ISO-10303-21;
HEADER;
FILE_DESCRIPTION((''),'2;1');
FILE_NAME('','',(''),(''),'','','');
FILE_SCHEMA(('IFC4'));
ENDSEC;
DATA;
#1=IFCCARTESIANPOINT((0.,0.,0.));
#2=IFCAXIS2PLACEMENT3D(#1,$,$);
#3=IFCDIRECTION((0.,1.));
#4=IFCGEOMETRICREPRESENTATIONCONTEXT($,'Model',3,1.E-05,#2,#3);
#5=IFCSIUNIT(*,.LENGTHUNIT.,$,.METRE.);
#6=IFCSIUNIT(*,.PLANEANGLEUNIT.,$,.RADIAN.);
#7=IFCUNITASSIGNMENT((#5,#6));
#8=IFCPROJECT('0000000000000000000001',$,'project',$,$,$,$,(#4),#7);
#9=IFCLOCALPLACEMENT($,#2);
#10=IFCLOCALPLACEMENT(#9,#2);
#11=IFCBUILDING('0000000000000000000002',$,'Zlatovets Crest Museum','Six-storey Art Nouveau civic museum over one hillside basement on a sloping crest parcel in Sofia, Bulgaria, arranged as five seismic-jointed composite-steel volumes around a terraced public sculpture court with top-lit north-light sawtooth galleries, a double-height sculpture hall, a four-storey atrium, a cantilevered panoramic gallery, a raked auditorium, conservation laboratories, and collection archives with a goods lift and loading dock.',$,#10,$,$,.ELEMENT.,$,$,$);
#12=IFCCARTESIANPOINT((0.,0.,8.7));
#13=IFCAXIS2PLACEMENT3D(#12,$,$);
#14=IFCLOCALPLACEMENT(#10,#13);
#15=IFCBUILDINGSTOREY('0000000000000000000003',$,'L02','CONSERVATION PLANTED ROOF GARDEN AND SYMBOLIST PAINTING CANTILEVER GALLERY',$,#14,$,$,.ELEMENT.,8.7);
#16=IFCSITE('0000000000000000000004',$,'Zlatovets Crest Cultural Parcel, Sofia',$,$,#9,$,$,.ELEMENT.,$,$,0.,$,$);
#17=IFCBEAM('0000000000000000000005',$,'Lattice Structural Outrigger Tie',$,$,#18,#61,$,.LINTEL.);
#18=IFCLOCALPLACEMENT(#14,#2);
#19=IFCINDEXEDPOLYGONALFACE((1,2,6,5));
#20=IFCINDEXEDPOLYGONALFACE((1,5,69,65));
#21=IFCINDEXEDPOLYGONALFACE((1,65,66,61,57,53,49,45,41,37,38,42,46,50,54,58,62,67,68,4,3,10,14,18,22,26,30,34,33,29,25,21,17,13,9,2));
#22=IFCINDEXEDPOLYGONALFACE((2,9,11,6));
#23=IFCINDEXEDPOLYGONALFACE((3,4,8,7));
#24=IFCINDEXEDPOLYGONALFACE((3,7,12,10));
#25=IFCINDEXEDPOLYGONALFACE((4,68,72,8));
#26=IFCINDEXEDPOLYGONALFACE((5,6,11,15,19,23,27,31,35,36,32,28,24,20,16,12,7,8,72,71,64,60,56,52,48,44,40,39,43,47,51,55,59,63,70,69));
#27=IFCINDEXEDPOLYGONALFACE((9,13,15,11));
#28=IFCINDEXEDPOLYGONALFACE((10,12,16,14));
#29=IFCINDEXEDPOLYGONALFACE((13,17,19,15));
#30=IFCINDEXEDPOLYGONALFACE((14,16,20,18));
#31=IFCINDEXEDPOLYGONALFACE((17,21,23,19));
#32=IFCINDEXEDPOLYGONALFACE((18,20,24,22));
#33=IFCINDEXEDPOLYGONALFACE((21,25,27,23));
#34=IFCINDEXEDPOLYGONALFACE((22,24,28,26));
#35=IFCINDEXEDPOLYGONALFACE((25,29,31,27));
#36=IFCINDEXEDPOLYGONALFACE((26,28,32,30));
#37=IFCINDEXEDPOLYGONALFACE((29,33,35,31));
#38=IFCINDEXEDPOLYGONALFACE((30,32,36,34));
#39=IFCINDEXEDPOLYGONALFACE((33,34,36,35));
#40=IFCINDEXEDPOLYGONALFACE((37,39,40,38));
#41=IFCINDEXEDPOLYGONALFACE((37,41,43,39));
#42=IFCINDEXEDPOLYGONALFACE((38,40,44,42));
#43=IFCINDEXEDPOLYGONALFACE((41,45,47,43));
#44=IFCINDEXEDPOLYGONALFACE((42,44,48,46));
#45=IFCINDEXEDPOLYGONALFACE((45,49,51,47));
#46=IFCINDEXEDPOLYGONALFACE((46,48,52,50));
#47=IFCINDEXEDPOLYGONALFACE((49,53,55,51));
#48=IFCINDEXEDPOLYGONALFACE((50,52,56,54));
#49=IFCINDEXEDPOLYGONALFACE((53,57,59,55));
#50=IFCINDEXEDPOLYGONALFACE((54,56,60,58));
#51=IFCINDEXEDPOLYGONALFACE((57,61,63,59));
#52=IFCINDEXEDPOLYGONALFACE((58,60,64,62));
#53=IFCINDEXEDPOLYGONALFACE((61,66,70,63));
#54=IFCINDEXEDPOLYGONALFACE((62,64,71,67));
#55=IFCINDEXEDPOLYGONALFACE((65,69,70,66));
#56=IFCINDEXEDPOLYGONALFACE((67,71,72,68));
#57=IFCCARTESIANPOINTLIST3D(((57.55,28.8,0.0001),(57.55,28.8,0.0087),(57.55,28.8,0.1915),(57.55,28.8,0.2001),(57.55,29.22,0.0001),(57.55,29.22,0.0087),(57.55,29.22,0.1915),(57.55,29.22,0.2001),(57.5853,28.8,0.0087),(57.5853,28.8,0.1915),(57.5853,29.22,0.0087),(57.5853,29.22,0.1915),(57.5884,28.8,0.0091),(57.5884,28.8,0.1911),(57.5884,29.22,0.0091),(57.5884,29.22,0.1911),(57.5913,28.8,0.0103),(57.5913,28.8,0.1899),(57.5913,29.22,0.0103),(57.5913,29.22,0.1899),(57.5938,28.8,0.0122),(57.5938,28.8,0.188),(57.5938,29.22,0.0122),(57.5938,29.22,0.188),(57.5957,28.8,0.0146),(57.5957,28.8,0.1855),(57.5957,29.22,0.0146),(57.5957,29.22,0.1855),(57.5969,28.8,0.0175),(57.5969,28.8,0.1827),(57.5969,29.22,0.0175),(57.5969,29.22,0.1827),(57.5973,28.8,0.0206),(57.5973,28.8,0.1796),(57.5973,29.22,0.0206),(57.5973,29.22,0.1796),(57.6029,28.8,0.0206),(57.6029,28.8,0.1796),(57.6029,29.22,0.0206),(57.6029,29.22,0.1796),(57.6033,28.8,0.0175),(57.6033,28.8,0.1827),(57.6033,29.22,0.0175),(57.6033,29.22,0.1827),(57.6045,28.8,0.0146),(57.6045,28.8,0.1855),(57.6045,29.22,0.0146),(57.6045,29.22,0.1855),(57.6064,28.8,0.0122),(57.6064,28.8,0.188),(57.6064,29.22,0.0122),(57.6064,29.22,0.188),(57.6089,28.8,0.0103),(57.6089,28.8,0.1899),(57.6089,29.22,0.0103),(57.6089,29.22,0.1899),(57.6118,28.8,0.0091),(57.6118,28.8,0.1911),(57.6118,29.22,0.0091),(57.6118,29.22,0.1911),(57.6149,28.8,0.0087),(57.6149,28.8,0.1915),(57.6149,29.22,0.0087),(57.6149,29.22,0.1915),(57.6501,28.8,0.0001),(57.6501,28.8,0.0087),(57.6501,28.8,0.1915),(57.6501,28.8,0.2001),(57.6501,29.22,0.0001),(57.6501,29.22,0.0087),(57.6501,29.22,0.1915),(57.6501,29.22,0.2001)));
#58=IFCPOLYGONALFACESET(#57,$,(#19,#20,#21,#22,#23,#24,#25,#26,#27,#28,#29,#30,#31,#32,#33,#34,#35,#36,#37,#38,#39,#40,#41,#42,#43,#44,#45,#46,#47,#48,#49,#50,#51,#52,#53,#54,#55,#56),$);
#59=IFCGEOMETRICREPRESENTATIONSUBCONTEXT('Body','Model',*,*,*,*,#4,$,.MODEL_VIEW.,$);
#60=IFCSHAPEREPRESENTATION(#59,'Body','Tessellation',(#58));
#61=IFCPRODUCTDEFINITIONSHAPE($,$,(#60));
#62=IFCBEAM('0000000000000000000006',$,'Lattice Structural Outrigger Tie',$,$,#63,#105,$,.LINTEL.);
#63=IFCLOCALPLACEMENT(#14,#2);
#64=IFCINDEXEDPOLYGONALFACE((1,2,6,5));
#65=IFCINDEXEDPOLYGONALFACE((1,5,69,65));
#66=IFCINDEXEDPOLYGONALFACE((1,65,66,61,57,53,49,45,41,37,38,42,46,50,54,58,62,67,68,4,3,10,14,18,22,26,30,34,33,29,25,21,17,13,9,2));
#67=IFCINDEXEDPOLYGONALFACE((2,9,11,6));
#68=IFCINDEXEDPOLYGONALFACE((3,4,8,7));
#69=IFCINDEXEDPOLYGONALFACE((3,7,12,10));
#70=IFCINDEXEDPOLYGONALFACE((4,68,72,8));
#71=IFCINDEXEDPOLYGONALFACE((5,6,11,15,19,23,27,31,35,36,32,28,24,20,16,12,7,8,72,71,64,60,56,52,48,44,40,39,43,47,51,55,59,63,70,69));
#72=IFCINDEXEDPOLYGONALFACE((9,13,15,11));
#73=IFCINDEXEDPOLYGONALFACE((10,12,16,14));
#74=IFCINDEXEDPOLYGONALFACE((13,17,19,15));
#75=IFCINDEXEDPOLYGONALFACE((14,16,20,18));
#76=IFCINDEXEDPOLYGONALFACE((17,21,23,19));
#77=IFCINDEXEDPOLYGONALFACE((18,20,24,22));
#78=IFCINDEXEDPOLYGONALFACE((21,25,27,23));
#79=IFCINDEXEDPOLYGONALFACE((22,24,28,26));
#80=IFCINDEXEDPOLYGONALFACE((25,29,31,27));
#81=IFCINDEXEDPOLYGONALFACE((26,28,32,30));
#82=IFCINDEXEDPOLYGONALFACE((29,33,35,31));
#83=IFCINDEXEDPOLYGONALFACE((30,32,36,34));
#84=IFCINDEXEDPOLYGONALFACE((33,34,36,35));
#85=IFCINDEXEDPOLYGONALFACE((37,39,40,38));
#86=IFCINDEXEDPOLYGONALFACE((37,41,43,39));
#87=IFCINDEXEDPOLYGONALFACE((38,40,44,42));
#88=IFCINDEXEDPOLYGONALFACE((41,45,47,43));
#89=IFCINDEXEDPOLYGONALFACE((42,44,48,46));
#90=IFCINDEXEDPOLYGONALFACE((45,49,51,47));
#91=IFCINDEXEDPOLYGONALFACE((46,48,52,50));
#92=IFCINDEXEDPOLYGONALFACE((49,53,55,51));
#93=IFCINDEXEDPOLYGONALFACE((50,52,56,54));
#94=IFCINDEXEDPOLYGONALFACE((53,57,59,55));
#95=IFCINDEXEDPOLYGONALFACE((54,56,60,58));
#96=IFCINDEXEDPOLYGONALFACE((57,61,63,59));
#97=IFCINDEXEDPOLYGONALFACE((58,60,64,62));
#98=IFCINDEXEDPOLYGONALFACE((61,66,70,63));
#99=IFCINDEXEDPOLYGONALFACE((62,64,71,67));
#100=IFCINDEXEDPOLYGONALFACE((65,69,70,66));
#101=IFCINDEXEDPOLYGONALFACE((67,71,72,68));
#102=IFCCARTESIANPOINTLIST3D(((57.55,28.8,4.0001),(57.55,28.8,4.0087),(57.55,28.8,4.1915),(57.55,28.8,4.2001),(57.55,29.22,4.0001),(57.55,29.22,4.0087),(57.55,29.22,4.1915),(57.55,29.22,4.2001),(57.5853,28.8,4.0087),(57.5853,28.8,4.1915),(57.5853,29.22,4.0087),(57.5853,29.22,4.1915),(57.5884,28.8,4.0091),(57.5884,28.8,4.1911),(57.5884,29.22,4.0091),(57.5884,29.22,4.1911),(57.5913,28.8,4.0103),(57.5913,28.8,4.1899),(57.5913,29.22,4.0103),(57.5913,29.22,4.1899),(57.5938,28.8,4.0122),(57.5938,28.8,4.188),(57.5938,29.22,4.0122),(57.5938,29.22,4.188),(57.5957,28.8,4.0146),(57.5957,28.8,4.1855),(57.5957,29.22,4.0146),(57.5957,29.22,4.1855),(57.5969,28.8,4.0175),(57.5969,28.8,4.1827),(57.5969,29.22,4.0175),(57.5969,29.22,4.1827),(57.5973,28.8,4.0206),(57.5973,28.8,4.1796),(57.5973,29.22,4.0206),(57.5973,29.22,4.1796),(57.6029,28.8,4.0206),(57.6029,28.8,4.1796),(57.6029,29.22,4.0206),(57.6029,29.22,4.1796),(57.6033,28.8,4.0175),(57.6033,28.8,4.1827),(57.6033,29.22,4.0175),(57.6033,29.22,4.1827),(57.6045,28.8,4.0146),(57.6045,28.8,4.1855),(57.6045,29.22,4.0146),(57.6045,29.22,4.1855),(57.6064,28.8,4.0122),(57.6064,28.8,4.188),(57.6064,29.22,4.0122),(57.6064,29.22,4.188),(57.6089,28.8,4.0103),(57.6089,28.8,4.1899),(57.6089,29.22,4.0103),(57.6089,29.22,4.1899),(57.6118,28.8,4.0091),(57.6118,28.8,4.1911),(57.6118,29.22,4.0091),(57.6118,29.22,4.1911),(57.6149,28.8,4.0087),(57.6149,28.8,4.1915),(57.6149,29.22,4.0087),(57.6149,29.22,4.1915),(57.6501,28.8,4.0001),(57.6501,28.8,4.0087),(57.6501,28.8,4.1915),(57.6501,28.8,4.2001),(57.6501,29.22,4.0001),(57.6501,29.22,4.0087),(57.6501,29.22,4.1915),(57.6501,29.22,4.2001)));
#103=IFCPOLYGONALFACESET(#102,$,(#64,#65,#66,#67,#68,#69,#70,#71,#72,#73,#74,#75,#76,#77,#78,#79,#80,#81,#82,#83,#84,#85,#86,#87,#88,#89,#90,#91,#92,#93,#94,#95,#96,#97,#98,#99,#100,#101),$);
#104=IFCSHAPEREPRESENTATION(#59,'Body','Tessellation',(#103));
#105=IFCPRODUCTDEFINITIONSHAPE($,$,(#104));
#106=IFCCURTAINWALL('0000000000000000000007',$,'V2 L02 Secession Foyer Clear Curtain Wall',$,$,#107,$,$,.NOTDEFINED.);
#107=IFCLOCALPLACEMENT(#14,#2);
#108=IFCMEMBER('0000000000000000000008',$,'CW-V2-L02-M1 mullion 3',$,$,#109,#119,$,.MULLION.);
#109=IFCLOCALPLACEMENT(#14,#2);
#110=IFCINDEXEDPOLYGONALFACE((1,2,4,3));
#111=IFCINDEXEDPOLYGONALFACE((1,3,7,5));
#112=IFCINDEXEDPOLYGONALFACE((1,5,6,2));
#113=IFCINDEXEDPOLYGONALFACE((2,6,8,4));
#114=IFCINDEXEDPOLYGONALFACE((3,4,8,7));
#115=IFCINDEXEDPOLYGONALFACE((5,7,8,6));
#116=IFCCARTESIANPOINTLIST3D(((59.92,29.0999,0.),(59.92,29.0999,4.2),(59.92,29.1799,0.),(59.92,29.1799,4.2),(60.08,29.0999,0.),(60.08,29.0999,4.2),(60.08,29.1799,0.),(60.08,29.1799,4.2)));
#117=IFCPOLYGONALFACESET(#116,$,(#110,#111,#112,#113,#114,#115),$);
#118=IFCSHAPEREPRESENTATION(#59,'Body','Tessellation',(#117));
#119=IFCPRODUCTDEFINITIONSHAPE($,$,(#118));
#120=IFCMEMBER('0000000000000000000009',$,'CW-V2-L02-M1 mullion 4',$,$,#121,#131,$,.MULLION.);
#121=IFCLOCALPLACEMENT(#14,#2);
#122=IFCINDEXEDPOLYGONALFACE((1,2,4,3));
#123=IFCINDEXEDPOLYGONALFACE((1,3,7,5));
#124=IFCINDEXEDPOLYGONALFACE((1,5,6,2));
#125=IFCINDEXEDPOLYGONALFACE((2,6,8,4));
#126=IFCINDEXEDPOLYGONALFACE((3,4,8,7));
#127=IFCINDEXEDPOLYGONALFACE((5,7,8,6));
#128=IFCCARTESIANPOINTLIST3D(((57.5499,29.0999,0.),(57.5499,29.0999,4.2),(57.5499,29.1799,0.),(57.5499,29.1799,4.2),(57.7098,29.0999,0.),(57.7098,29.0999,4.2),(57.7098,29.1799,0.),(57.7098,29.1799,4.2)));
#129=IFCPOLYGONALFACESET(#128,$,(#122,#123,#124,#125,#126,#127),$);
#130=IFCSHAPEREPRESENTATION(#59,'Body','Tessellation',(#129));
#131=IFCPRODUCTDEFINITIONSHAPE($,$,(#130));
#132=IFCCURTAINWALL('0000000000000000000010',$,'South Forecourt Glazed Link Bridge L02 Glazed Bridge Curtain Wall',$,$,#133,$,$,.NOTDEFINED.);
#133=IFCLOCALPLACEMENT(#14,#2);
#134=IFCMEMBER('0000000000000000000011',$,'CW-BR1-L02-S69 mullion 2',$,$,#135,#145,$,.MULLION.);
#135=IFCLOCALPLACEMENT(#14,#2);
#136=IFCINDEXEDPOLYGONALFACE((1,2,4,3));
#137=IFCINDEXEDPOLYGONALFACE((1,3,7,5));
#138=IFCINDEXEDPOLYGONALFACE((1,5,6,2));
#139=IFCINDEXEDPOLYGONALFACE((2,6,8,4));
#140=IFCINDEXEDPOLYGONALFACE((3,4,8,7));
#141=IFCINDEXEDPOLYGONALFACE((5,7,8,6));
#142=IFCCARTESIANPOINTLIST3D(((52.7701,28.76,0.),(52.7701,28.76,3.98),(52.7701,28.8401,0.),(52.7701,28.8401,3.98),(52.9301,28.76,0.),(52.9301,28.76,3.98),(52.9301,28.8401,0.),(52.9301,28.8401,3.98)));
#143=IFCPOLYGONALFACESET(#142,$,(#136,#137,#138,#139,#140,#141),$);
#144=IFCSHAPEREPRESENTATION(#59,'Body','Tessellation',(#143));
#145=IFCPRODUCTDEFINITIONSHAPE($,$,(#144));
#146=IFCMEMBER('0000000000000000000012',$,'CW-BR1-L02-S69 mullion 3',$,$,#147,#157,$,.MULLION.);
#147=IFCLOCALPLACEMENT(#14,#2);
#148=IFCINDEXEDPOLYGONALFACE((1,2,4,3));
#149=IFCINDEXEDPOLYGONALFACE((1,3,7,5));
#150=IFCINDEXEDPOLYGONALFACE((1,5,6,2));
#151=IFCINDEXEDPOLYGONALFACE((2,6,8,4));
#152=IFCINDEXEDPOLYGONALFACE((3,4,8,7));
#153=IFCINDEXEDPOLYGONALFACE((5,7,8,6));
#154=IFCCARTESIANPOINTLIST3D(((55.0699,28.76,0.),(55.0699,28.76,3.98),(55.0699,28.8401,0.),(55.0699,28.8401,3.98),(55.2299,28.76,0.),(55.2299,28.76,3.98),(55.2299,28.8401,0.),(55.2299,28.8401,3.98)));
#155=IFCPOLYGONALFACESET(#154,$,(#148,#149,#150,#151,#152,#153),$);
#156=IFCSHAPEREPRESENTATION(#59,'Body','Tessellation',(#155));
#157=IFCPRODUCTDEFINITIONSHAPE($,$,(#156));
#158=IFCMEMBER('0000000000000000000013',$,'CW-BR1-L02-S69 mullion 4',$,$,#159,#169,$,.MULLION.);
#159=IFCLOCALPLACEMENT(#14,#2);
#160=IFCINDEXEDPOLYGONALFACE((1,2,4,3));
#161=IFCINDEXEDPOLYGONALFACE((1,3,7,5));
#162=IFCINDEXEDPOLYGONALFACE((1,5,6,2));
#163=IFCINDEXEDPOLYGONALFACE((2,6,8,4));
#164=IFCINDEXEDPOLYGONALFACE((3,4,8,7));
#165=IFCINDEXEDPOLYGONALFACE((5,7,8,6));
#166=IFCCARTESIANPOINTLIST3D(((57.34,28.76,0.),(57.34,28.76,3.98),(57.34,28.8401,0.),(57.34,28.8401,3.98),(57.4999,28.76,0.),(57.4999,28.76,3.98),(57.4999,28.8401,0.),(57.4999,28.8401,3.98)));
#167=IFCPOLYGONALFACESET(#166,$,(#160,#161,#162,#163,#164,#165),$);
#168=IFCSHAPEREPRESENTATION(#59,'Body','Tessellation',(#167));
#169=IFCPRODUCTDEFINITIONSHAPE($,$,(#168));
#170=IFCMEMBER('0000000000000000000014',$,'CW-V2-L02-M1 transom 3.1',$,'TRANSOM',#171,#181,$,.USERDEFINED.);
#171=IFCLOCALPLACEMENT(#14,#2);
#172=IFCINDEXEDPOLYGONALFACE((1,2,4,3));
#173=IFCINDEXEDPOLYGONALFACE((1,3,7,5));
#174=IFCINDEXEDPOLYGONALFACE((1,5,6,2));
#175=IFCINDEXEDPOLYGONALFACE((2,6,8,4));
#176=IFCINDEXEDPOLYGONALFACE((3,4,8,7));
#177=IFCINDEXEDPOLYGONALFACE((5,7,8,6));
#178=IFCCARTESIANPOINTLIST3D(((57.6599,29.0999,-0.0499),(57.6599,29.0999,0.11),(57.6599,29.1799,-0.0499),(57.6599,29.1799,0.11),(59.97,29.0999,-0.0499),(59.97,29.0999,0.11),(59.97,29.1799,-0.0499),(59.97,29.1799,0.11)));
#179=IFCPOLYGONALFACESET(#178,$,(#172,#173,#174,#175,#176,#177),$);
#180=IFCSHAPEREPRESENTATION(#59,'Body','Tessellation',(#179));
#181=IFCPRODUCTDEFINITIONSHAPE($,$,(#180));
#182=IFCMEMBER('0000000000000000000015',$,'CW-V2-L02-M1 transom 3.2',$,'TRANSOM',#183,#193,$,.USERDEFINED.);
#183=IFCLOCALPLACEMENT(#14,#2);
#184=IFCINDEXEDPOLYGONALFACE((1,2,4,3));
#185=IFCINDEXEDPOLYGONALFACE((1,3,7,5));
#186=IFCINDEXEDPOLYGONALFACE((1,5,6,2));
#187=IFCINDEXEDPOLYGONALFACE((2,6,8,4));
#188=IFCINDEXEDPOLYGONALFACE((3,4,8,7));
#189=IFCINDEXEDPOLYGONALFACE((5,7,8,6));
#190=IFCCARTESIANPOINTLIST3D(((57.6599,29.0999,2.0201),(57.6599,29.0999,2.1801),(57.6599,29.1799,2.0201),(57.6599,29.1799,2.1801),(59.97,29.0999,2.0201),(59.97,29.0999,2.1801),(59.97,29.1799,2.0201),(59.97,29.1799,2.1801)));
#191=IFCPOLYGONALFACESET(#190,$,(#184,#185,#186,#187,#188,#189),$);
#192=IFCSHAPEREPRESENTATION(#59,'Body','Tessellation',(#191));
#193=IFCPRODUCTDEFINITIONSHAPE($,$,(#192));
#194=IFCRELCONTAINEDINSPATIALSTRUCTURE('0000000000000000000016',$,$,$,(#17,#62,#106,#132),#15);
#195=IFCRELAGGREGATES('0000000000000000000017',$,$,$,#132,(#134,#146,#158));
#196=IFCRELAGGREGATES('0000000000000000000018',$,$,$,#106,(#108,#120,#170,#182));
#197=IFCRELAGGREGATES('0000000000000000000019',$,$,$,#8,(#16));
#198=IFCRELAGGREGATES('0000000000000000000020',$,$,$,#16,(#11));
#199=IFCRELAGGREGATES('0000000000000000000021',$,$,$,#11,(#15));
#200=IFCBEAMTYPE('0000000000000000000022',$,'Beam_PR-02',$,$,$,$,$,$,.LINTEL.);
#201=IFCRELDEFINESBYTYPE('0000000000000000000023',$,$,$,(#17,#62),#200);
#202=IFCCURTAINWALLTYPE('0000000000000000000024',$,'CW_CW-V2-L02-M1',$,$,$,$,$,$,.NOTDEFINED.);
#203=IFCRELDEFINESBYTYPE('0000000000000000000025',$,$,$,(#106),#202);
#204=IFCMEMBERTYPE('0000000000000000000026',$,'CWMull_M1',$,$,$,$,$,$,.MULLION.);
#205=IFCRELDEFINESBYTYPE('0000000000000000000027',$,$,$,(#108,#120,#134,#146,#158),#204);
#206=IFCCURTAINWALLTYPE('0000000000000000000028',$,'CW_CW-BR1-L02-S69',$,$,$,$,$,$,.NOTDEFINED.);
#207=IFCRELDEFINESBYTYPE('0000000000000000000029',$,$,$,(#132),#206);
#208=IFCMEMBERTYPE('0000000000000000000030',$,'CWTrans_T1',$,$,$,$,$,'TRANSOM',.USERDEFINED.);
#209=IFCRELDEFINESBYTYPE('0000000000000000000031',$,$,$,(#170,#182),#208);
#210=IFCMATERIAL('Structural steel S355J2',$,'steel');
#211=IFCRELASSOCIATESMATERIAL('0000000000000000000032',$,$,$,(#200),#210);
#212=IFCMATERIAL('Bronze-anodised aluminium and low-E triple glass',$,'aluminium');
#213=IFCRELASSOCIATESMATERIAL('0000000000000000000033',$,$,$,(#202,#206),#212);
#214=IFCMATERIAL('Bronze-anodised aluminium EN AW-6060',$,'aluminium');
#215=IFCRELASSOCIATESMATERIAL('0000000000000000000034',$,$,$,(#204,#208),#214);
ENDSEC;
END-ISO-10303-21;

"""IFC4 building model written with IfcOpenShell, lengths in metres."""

from ifc_helpers import new_model, si_unit, direction, frame, origin, origin_2d, place, context, subcontext, project, spatial, rectangle, i_section, extrude, material, material_profile, profile_set, type_object, element, aggregate, save


model = new_model("IFC4")

# Units and contexts
model_context = context("Model", 3, precision=1e-05, world=origin(), true_north=direction((0.0, 1.0)))
body_context = subcontext(model_context, "Body", "Model", "MODEL_VIEW")
ifc_project = project(units=[si_unit("LENGTHUNIT", "METRE"), si_unit("PLANEANGLEUNIT", "RADIAN")], contexts=[model_context])

# Site, building, storey
site_placement = place(None, origin())
site = spatial("IfcSite", under=ifc_project, at=site_placement, Name="Zlatovets Crest Cultural Parcel, Sofia", CompositionType="ELEMENT", RefElevation=0.0)
building_placement = place(site_placement, origin())
building = spatial("IfcBuilding", under=site, at=building_placement, Name="Zlatovets Crest Museum", Description="Six-storey Art Nouveau civic museum over one hillside basement on a sloping crest parcel in Sofia, Bulgaria, arranged as five seismic-jointed composite-steel volumes around a terraced public sculpture court with top-lit north-light sawtooth galleries, a double-height sculpture hall, a four-storey atrium, a cantilevered panoramic gallery, a raked auditorium, conservation laboratories, and collection archives with a goods lift and loading dock.", CompositionType="ELEMENT")
storey_placement = place(building_placement, frame((0.0, 0.0, 8.7)))
storey = spatial("IfcBuildingStorey", under=building, at=storey_placement, Name="L02", Description="CONSERVATION PLANTED ROOF GARDEN AND SYMBOLIST PAINTING CANTILEVER GALLERY", CompositionType="ELEMENT", Elevation=8.7)

# Shared definitions
ifc_material_1 = material(Name="Structural steel S355J2", Category="steel")

# Beams
ifc_material_profile_1 = material_profile(ifc_material_1, i_section(OverallWidth=0.1001, OverallDepth=0.2, WebThickness=0.0056, FlangeThickness=0.0085, FilletRadius=0.012, at=origin_2d()), Name="IPE 200")
ifc_profile_set_1 = profile_set([ifc_material_profile_1], Name="Structural steel S355J2")
beam_type_1 = type_object("IfcBeamType", Name="Beam_PR-02", PredefinedType="LINTEL", material=ifc_profile_set_1)
for number, where, z_axis, x_axis, name in (
    (1, (57.6001, 28.8, 0.1001), (0.0, 1.0, 0.0), (-1.0, 0.0, 0.0), "Lattice Structural Outrigger Tie"),
    (2, (57.6001, 28.8, 4.1001), (0.0, 1.0, 0.0), (-1.0, 0.0, 0.0), "Lattice Structural Outrigger Tie"),
):
    element("IfcBeam", number, at=place(storey_placement, frame(where, z_axis=z_axis, x_axis=x_axis)), inside=storey, type_object=beam_type_1, Name=name, PredefinedType="LINTEL", context=body_context, shape_type="SweptSolid", body=[
        extrude(i_section(OverallWidth=0.1001, OverallDepth=0.2, WebThickness=0.0056, FlangeThickness=0.0085, FilletRadius=0.012, at=origin_2d()), origin(), (0.0, 0.0, 1.0), 0.4199),
    ])

# Curtain walls, members
ifc_material_2 = material(Name="Bronze-anodised aluminium and low-E triple glass", Category="aluminium")
curtain_wall_type_1 = type_object("IfcCurtainWallType", Name="CW_CW-V2-L02-M1", PredefinedType="NOTDEFINED", material=ifc_material_2)
curtain_wall_1_placement = place(storey_placement, origin())
curtain_wall_1 = element("IfcCurtainWall", 3, at=curtain_wall_1_placement, inside=storey, type_object=curtain_wall_type_1, Name="V2 L02 Secession Foyer Clear Curtain Wall", PredefinedType="NOTDEFINED")
ifc_material_3 = material(Name="Bronze-anodised aluminium EN AW-6060", Category="aluminium")
ifc_material_profile_2 = material_profile(ifc_material_3, rectangle(XDim=0.0801, YDim=0.1599, at=origin_2d()), Name="ALU 80x160")
ifc_profile_set_2 = profile_set([ifc_material_profile_2], Name="Bronze-anodised aluminium EN AW-6060")
member_type_1 = type_object("IfcMemberType", Name="CWMull_M1", PredefinedType="MULLION", material=ifc_profile_set_2)
member_1_placement = place(storey_placement, frame((60.0, 29.1399, 0.0), z_axis=(0.0, 0.0, 1.0), x_axis=(0.0, -1.0, 0.0)))
member_1 = element("IfcMember", 4, at=member_1_placement, type_object=member_type_1, Name="CW-V2-L02-M1 mullion 3", PredefinedType="MULLION", context=body_context, shape_type="SweptSolid", body=[
    extrude(rectangle(XDim=0.0801, YDim=0.1599, at=origin_2d()), origin(), (0.0, 0.0, 1.0), 4.2),
])
member_2_placement = place(storey_placement, frame((57.6299, 29.1399, 0.0), z_axis=(0.0, 0.0, 1.0), x_axis=(0.0, -1.0, 0.0)))
member_2 = element("IfcMember", 5, at=member_2_placement, type_object=member_type_1, Name="CW-V2-L02-M1 mullion 4", PredefinedType="MULLION", context=body_context, shape_type="SweptSolid", body=[
    extrude(rectangle(XDim=0.0801, YDim=0.1599, at=origin_2d()), origin(), (0.0, 0.0, 1.0), 4.2),
])
curtain_wall_type_2 = type_object("IfcCurtainWallType", Name="CW_CW-BR1-L02-S69", PredefinedType="NOTDEFINED", material=ifc_material_2)
curtain_wall_2_placement = place(storey_placement, origin())
curtain_wall_2 = element("IfcCurtainWall", 6, at=curtain_wall_2_placement, inside=storey, type_object=curtain_wall_type_2, Name="South Forecourt Glazed Link Bridge L02 Glazed Bridge Curtain Wall", PredefinedType="NOTDEFINED")
member_3_placement = place(storey_placement, frame((52.8501, 28.8, 0.0), z_axis=(0.0, 0.0, 1.0), x_axis=(0.0, 1.0, 0.0)))
member_3 = element("IfcMember", 7, at=member_3_placement, type_object=member_type_1, Name="CW-BR1-L02-S69 mullion 2", PredefinedType="MULLION", context=body_context, shape_type="SweptSolid", body=[
    extrude(rectangle(XDim=0.0801, YDim=0.1599, at=origin_2d()), origin(), (0.0, 0.0, 1.0), 3.98),
])
member_4_placement = place(storey_placement, frame((55.1499, 28.8, 0.0), z_axis=(0.0, 0.0, 1.0), x_axis=(0.0, 1.0, 0.0)))
member_4 = element("IfcMember", 8, at=member_4_placement, type_object=member_type_1, Name="CW-BR1-L02-S69 mullion 3", PredefinedType="MULLION", context=body_context, shape_type="SweptSolid", body=[
    extrude(rectangle(XDim=0.0801, YDim=0.1599, at=origin_2d()), origin(), (0.0, 0.0, 1.0), 3.98),
])
member_5_placement = place(storey_placement, frame((57.4199, 28.8, 0.0), z_axis=(0.0, 0.0, 1.0), x_axis=(0.0, 1.0, 0.0)))
member_5 = element("IfcMember", 9, at=member_5_placement, type_object=member_type_1, Name="CW-BR1-L02-S69 mullion 4", PredefinedType="MULLION", context=body_context, shape_type="SweptSolid", body=[
    extrude(rectangle(XDim=0.0801, YDim=0.1599, at=origin_2d()), origin(), (0.0, 0.0, 1.0), 3.98),
])

# Members
ifc_material_profile_3 = material_profile(ifc_material_3, rectangle(XDim=0.0801, YDim=0.1599, at=origin_2d()), Name="ALU 80x160")
ifc_profile_set_3 = profile_set([ifc_material_profile_3], Name="Bronze-anodised aluminium EN AW-6060")
member_type_2 = type_object("IfcMemberType", Name="CWTrans_T1", ElementType="TRANSOM", PredefinedType="USERDEFINED", material=ifc_profile_set_3)
member_6_placement = place(storey_placement, frame((59.97, 29.1399, 0.03), z_axis=(-1.0, 0.0, 0.0), x_axis=(0.0, -1.0, 0.0)))
member_6 = element("IfcMember", 10, at=member_6_placement, type_object=member_type_2, Name="CW-V2-L02-M1 transom 3.1", ObjectType="TRANSOM", PredefinedType="USERDEFINED", context=body_context, shape_type="SweptSolid", body=[
    extrude(rectangle(XDim=0.0801, YDim=0.1599, at=origin_2d()), origin(), (0.0, 0.0, 1.0), 2.3101),
])
member_7_placement = place(storey_placement, frame((59.97, 29.1399, 2.1001), z_axis=(-1.0, 0.0, 0.0), x_axis=(0.0, -1.0, 0.0)))
member_7 = element("IfcMember", 11, at=member_7_placement, type_object=member_type_2, Name="CW-V2-L02-M1 transom 3.2", ObjectType="TRANSOM", PredefinedType="USERDEFINED", context=body_context, shape_type="SweptSolid", body=[
    extrude(rectangle(XDim=0.0801, YDim=0.1599, at=origin_2d()), origin(), (0.0, 0.0, 1.0), 2.3101),
])

aggregate(curtain_wall_2, [member_3, member_4, member_5])
aggregate(curtain_wall_1, [member_1, member_2, member_6, member_7])

save(model, "model.ifc")
